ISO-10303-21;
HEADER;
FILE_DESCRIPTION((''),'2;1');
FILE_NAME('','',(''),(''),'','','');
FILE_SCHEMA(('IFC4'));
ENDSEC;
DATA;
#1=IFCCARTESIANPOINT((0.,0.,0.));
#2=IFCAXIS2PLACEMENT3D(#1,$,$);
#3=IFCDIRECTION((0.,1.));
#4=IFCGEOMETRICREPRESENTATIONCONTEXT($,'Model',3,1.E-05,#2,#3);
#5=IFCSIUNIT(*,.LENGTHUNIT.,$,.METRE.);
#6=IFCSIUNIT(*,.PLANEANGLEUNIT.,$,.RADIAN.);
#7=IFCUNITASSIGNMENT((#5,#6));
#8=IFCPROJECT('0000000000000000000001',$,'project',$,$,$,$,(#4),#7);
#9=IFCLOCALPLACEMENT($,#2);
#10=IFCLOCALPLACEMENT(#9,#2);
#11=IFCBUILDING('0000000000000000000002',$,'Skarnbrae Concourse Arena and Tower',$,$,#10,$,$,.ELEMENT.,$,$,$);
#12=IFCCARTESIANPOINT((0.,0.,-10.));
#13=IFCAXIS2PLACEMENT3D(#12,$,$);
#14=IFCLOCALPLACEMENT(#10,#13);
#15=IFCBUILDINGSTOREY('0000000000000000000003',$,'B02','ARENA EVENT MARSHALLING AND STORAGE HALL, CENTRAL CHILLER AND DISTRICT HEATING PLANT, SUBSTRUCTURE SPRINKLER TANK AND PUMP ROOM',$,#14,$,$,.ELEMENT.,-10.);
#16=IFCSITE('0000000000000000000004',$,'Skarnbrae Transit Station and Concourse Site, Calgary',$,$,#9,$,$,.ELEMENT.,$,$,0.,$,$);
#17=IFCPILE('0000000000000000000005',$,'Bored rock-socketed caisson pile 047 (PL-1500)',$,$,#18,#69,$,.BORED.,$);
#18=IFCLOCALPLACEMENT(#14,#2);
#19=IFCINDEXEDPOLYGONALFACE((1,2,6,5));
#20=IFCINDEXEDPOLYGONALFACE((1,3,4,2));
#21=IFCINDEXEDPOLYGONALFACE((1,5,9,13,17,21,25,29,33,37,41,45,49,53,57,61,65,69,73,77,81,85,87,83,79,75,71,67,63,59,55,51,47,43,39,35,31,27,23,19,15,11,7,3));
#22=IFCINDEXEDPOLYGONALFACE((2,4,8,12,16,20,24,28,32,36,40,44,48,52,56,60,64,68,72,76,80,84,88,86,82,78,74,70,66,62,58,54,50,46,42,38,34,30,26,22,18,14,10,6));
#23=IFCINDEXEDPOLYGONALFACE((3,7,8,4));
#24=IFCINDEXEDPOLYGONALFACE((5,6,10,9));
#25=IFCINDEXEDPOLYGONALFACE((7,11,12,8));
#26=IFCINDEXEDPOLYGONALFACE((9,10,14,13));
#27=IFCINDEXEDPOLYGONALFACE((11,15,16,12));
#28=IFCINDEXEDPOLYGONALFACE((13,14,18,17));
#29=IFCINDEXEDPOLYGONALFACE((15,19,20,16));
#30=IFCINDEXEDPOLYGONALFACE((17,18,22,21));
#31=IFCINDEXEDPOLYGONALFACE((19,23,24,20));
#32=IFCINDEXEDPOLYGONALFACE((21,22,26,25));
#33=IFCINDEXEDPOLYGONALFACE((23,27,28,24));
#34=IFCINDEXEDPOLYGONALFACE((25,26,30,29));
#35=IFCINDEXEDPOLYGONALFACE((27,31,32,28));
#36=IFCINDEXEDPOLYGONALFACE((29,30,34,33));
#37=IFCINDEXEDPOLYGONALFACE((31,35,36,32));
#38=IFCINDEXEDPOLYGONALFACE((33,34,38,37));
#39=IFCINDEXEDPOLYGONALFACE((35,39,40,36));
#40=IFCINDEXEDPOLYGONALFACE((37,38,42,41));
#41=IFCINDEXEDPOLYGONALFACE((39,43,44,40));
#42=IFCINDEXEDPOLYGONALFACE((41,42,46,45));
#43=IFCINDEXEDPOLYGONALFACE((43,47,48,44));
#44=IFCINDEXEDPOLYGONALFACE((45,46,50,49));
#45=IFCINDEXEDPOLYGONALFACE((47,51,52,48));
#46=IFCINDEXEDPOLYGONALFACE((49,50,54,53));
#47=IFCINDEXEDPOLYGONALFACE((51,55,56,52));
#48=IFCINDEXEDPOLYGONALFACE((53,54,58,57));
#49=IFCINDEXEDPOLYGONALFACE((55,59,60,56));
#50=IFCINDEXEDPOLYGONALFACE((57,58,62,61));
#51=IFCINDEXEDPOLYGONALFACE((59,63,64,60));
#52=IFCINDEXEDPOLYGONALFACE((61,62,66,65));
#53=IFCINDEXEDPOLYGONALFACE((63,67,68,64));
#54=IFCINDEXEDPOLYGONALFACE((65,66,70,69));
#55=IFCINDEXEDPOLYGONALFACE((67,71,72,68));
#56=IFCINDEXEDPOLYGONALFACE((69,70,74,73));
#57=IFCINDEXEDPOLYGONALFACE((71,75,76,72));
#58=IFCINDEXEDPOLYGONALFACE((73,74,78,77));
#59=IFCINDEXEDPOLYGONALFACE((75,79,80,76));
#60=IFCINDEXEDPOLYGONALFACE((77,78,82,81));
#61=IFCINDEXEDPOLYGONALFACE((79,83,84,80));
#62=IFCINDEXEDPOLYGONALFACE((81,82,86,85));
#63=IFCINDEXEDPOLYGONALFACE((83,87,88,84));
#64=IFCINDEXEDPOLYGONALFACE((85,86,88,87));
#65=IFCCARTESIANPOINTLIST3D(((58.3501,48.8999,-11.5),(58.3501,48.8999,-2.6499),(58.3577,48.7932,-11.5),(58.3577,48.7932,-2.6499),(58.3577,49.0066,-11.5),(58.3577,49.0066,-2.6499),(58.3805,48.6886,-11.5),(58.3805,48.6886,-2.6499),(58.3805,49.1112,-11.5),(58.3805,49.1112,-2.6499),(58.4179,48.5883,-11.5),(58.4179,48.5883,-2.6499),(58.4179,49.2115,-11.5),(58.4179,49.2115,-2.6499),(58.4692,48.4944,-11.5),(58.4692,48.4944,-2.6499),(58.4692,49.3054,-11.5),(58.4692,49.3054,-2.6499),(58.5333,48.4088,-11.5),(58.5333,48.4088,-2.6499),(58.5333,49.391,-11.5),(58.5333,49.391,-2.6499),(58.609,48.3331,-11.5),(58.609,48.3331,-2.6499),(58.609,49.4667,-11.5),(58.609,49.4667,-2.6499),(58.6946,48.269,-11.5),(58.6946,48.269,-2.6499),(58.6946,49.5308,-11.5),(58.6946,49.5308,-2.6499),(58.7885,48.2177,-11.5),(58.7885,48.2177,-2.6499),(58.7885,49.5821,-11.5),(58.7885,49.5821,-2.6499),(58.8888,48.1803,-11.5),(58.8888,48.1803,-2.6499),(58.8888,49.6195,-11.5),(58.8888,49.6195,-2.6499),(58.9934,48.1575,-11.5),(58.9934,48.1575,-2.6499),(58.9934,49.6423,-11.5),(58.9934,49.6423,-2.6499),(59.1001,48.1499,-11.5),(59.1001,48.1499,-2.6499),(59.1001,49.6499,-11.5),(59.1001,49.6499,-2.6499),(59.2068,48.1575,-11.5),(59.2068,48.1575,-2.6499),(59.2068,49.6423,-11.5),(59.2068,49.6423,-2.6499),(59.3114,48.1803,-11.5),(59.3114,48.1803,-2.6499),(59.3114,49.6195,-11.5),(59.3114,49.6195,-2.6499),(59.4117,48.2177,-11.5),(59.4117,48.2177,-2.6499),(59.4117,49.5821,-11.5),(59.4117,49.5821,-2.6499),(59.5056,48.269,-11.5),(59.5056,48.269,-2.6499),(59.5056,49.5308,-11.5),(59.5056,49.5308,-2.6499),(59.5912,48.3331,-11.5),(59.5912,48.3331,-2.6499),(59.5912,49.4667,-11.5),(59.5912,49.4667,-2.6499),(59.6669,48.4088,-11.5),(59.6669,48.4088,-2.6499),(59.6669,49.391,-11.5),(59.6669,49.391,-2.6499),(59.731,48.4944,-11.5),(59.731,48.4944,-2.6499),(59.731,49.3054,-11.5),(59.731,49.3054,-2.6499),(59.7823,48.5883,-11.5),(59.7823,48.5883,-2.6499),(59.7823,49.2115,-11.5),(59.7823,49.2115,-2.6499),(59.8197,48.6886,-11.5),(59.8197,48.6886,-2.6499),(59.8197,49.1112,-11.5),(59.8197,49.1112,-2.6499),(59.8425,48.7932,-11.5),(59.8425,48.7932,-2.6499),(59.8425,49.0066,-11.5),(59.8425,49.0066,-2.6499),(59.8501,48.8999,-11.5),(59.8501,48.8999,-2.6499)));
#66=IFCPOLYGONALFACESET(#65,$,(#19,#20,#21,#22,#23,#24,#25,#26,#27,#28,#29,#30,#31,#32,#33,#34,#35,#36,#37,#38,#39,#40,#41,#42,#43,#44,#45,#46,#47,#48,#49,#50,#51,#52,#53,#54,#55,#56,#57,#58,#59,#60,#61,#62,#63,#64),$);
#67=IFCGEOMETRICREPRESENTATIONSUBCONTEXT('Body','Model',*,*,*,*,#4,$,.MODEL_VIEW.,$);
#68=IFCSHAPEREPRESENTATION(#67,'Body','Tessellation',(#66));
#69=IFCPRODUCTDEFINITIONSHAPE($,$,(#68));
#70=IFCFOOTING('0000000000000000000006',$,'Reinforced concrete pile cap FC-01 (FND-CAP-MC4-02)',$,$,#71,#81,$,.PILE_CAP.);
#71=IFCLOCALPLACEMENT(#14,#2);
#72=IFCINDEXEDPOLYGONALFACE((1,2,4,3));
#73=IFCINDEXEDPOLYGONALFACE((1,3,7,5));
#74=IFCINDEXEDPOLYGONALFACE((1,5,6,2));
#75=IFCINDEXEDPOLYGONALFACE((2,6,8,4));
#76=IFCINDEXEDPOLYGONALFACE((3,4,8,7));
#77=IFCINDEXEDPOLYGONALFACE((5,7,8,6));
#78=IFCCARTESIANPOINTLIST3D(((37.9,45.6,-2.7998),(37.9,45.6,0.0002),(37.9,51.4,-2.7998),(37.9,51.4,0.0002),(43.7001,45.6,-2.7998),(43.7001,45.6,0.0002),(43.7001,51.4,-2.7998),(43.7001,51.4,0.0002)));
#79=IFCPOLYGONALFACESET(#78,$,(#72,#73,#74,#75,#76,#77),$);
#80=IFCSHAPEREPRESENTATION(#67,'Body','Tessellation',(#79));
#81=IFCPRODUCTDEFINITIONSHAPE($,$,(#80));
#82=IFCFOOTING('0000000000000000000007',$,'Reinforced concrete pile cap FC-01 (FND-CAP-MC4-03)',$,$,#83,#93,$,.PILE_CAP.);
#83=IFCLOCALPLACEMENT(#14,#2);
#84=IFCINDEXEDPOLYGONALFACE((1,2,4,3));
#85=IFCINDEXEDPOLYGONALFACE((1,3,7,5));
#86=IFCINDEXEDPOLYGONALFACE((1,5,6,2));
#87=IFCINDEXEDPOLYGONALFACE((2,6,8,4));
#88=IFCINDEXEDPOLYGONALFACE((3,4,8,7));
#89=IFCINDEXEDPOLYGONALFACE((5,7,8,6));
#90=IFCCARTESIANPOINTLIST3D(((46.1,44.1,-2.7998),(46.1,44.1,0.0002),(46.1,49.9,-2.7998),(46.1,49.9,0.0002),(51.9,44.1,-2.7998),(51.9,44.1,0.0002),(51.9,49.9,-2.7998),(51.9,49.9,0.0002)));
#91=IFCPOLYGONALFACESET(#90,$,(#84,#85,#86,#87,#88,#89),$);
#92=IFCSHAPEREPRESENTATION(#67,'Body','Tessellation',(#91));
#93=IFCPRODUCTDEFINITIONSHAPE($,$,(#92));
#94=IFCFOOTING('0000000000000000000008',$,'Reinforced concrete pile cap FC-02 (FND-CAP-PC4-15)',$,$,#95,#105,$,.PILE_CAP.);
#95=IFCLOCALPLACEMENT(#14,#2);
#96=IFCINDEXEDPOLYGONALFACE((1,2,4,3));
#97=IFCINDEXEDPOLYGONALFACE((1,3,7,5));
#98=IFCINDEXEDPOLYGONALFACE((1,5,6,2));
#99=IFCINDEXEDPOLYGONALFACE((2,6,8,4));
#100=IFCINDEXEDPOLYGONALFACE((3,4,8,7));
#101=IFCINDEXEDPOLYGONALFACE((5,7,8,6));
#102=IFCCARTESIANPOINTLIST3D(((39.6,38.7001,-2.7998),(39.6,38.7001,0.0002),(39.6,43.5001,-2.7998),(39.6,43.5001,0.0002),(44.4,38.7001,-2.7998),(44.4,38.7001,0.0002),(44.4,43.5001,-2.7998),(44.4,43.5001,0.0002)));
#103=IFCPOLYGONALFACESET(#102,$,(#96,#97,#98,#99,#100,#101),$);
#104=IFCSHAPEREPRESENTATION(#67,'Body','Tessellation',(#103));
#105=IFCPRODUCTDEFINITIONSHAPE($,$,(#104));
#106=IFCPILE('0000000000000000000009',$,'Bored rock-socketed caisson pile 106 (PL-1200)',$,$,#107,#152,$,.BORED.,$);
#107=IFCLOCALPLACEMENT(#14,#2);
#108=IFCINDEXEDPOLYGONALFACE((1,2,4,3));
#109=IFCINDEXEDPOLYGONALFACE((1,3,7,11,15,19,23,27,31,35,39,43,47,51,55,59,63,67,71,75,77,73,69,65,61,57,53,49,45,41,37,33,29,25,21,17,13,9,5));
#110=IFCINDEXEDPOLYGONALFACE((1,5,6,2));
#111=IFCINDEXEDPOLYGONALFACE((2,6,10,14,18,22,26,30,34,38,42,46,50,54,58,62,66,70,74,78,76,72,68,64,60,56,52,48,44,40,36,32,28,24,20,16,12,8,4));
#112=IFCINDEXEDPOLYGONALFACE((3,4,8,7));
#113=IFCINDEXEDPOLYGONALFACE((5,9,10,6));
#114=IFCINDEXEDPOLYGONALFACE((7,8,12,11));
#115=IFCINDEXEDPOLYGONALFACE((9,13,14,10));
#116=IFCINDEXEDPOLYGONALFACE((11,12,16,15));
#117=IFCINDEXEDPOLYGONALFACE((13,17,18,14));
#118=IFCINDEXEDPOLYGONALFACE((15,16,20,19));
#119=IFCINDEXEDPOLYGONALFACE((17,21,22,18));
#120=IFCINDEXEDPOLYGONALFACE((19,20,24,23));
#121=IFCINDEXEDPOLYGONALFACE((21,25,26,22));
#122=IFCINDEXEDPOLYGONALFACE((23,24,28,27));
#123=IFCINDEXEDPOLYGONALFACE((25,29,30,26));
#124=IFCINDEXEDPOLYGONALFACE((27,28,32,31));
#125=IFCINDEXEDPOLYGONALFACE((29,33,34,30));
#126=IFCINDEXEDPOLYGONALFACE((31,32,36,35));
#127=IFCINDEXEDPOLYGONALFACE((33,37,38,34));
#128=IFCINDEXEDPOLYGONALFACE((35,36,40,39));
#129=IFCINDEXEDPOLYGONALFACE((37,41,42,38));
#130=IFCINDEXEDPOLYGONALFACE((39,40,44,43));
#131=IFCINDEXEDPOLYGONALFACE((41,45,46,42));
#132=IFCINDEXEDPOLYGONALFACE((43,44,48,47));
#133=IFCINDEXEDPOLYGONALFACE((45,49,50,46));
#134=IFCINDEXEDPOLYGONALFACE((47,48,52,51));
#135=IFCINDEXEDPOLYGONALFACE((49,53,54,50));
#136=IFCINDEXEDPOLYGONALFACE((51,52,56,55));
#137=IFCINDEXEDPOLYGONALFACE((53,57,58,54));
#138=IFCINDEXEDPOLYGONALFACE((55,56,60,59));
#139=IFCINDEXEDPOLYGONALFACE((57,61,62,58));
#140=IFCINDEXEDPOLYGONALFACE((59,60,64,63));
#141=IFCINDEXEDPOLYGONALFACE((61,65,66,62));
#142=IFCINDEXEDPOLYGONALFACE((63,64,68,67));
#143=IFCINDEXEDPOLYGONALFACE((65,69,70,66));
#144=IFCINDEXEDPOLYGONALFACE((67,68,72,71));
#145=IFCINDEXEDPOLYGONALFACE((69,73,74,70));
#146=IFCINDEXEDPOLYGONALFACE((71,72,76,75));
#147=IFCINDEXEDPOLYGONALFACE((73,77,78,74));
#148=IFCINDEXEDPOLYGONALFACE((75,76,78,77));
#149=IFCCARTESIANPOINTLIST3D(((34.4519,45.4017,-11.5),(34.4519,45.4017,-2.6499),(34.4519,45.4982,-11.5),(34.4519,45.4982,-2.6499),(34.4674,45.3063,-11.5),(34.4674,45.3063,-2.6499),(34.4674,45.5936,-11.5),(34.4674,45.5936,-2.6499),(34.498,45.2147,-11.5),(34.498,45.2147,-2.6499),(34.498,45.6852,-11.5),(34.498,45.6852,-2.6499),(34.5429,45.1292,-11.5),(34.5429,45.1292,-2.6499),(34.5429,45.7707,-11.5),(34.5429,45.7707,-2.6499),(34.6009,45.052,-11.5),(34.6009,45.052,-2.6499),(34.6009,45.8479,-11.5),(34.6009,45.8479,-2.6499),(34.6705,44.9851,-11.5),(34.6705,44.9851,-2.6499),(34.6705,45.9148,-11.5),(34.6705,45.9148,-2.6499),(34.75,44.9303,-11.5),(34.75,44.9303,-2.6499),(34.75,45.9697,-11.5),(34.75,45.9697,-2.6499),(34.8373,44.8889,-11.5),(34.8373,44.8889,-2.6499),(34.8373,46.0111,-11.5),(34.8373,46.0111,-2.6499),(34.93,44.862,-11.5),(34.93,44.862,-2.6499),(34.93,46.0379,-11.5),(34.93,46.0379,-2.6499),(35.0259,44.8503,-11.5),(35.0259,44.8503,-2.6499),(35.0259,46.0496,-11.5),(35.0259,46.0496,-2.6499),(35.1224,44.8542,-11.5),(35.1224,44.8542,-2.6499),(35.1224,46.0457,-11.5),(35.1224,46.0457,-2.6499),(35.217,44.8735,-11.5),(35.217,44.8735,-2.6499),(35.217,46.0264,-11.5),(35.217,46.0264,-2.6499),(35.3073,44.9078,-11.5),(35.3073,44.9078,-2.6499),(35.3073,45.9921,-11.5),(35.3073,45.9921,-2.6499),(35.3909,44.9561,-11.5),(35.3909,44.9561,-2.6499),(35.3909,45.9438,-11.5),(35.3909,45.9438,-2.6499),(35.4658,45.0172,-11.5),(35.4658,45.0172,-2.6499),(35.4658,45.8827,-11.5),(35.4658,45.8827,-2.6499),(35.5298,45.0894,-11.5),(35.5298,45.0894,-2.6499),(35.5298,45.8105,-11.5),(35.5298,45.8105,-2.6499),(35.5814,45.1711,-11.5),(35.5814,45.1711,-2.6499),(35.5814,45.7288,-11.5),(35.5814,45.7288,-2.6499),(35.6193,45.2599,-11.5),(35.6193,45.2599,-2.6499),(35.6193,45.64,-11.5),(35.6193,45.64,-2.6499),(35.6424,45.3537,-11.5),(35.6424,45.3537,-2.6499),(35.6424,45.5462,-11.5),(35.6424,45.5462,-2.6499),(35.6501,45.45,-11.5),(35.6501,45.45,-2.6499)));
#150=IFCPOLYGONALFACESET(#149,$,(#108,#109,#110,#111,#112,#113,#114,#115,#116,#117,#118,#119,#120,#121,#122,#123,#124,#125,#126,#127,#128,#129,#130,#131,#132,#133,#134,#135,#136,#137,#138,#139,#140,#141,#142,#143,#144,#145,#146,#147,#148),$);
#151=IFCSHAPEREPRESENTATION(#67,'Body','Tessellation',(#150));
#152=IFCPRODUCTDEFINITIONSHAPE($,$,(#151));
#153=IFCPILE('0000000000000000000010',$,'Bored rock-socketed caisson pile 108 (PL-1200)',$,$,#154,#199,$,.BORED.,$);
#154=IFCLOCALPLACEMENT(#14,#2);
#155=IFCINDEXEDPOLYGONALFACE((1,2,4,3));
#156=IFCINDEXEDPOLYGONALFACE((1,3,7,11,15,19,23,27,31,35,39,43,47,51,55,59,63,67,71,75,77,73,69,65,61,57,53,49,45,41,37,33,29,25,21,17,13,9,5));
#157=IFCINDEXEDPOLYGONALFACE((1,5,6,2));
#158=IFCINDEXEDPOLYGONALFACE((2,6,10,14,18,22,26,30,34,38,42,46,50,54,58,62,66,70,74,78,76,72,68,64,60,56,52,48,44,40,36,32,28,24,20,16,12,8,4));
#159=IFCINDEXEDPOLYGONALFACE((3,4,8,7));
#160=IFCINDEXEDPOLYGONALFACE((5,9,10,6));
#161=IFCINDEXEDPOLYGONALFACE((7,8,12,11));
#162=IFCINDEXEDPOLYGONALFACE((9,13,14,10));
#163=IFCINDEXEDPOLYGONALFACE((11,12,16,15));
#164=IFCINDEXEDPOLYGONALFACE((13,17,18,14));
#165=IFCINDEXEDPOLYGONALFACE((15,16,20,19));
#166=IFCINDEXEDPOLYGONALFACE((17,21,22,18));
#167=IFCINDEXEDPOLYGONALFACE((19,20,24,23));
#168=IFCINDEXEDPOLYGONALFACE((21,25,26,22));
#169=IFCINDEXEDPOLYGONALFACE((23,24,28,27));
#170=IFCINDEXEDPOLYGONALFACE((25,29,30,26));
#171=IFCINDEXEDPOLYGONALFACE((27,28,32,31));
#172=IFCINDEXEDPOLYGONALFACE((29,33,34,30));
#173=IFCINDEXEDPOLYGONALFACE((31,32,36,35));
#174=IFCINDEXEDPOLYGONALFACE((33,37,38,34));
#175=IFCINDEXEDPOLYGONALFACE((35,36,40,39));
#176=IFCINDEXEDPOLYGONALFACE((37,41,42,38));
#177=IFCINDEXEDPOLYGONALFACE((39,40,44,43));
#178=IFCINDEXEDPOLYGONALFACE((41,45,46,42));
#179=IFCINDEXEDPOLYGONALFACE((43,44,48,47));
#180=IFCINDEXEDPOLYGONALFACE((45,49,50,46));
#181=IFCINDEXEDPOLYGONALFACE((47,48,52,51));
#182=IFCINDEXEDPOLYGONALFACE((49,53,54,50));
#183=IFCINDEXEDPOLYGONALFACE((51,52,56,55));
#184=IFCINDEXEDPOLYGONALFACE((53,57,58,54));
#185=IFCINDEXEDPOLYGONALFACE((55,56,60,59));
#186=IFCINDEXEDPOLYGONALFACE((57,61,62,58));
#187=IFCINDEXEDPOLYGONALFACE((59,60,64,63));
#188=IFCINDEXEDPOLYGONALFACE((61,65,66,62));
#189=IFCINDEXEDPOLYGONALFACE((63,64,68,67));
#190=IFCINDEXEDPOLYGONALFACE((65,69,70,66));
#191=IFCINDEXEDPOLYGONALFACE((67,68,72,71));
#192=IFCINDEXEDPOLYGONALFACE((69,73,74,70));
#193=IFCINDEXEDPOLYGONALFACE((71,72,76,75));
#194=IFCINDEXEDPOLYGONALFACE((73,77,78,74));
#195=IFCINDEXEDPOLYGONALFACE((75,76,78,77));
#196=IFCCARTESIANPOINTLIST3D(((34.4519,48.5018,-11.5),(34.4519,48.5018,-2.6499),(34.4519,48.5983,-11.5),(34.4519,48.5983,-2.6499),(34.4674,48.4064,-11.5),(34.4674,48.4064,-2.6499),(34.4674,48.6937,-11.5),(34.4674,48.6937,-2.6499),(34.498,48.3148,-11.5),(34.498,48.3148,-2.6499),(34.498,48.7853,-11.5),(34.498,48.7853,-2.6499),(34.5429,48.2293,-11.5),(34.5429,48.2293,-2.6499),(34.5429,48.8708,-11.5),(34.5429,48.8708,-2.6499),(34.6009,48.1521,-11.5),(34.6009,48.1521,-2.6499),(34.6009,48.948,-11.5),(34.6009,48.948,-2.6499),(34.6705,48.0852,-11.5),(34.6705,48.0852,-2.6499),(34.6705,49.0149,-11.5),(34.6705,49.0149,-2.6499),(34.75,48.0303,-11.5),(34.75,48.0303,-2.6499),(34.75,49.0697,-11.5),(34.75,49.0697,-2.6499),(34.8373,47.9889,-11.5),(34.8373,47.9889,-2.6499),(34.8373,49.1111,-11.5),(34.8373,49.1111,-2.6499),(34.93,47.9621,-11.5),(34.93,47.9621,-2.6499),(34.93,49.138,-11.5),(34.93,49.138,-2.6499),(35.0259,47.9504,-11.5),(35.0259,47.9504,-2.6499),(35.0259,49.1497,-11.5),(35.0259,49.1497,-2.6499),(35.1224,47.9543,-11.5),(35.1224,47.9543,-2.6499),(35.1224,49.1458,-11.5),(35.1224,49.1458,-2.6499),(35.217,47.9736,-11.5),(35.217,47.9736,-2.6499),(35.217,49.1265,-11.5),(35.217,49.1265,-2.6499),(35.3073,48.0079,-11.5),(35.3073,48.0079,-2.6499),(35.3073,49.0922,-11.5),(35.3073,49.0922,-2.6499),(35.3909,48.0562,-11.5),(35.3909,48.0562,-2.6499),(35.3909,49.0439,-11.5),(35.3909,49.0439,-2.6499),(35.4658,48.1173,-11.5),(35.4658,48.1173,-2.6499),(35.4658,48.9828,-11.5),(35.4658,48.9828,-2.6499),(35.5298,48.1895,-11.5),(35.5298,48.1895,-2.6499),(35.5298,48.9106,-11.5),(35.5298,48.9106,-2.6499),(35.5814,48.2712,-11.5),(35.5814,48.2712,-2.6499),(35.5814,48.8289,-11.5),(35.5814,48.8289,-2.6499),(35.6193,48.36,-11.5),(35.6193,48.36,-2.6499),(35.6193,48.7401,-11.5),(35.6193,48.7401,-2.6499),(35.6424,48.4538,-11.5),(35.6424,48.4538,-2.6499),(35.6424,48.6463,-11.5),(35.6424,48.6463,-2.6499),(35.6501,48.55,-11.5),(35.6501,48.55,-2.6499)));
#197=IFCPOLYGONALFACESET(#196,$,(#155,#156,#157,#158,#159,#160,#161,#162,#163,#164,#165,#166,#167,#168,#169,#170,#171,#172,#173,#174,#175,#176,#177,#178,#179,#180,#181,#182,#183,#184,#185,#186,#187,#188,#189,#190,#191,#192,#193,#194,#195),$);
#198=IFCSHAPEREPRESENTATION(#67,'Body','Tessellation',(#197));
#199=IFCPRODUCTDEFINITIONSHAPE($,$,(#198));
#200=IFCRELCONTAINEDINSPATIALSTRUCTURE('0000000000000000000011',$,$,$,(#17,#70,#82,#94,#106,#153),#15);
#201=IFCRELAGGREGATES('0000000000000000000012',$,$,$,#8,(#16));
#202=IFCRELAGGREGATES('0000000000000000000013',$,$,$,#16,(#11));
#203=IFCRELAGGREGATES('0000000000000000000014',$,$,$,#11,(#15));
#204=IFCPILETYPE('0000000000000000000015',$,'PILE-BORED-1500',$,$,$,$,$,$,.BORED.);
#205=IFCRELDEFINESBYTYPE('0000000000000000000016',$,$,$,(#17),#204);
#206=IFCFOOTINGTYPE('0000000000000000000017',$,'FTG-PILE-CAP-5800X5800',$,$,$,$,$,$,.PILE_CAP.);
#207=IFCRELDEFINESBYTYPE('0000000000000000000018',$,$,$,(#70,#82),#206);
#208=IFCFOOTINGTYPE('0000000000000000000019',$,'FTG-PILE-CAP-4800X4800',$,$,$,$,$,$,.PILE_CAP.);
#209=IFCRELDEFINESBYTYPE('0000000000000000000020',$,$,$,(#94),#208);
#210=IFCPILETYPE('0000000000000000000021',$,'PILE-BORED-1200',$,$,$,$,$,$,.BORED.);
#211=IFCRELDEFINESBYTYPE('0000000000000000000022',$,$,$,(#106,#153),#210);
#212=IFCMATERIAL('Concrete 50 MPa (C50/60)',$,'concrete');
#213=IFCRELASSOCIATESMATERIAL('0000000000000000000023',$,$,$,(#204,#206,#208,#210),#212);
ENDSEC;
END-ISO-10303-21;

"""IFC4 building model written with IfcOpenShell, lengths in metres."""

from ifc_helpers import new_model, si_unit, direction, frame, origin, origin_2d, place, context, subcontext, project, spatial, rectangle, circle, extrude, source, transform, mapped, material, material_profile, profile_set, type_object, element, save


model = new_model("IFC4")

# Units and contexts
model_context = context("Model", 3, precision=1e-05, world=origin(), true_north=direction((0.0, 1.0)))
body_context = subcontext(model_context, "Body", "Model", "MODEL_VIEW")
ifc_project = project(units=[si_unit("LENGTHUNIT", "METRE"), si_unit("PLANEANGLEUNIT", "RADIAN")], contexts=[model_context])

# Site, building, storey
site_placement = place(None, origin())
site = spatial("IfcSite", under=ifc_project, at=site_placement, Name="Skarnbrae Transit Station and Concourse Site, Calgary", CompositionType="ELEMENT", RefElevation=0.0)
building_placement = place(site_placement, origin())
building = spatial("IfcBuilding", under=site, at=building_placement, Name="Skarnbrae Concourse Arena and Tower", CompositionType="ELEMENT")
storey_placement = place(building_placement, frame((0.0, 0.0, -10.0)))
storey = spatial("IfcBuildingStorey", under=building, at=storey_placement, Name="B02", Description="ARENA EVENT MARSHALLING AND STORAGE HALL, CENTRAL CHILLER AND DISTRICT HEATING PLANT, SUBSTRUCTURE SPRINKLER TANK AND PUMP ROOM", CompositionType="ELEMENT", Elevation=-10.0)

# Pile
ifc_material_1 = material(Name="Concrete 50 MPa (C50/60)", Category="concrete")
ifc_material_profile_1 = material_profile(ifc_material_1, circle(Radius=0.75, at=origin_2d()), Name="CAISSON-1500")
ifc_profile_set_1 = profile_set([ifc_material_profile_1], Name="Concrete 50 MPa (C50/60)")
pile_type_1 = type_object("IfcPileType", Name="PILE-BORED-1500", PredefinedType="BORED", material=ifc_profile_set_1)
shared_shape_1 = source(origin(), body_context, "Body", "SweptSolid", [
    extrude(circle(Radius=0.75, at=origin_2d()), origin(), (0.0, 0.0, 1.0), 8.8501),
])
for number, where, z_axis, x_axis, name in (
    (1, (59.1001, 48.8999, -2.6499), (0.0, 0.0, -1.0), (1.0, 0.0, 0.0), "Bored rock-socketed caisson pile 047 (PL-1500)"),
):
    element("IfcPile", number, at=place(storey_placement, frame(where, z_axis=z_axis, x_axis=x_axis)), inside=storey, type_object=pile_type_1, Name=name, PredefinedType="BORED", context=body_context, shape_type="MappedRepresentation", body=[
        mapped(shared_shape_1, transform((0.0, 0.0, 0.0))),
    ])

# Footings
footing_type_1 = type_object("IfcFootingType", Name="FTG-PILE-CAP-5800X5800", PredefinedType="PILE_CAP", material=ifc_material_1)
shared_shape_2 = source(origin(), body_context, "Body", "SweptSolid", [
    extrude(rectangle(XDim=5.8, YDim=5.8, at=origin_2d()), origin(), (0.0, 0.0, 1.0), 2.8),
])
for number, where, z_axis, x_axis, name in (
    (2, (40.8, 48.5, -2.7998), (0.0, 0.0, 1.0), (1.0, 0.0, 0.0), "Reinforced concrete pile cap FC-01 (FND-CAP-MC4-02)"),
    (3, (49.0, 47.0, -2.7998), (0.0, 0.0, 1.0), (1.0, 0.0, 0.0), "Reinforced concrete pile cap FC-01 (FND-CAP-MC4-03)"),
):
    element("IfcFooting", number, at=place(storey_placement, frame(where, z_axis=z_axis, x_axis=x_axis)), inside=storey, type_object=footing_type_1, Name=name, PredefinedType="PILE_CAP", context=body_context, shape_type="MappedRepresentation", body=[
        mapped(shared_shape_2, transform((0.0, 0.0, 0.0))),
    ])
footing_type_2 = type_object("IfcFootingType", Name="FTG-PILE-CAP-4800X4800", PredefinedType="PILE_CAP", material=ifc_material_1)
shared_shape_3 = source(origin(), body_context, "Body", "SweptSolid", [
    extrude(rectangle(XDim=4.8, YDim=4.8, at=origin_2d()), origin(), (0.0, 0.0, 1.0), 2.8),
])
footing_placement = place(storey_placement, frame((42.0, 41.1001, -2.7998), z_axis=(0.0, 0.0, 1.0), x_axis=(1.0, 0.0, 0.0)))
element("IfcFooting", 4, at=footing_placement, inside=storey, type_object=footing_type_2, Name="Reinforced concrete pile cap FC-02 (FND-CAP-PC4-15)", PredefinedType="PILE_CAP", context=body_context, shape_type="MappedRepresentation", body=[
    mapped(shared_shape_3, transform((0.0, 0.0, 0.0))),
])

# Piles
ifc_material_profile_2 = material_profile(ifc_material_1, circle(Radius=0.6001, at=origin_2d()), Name="CAISSON-1200")
ifc_profile_set_2 = profile_set([ifc_material_profile_2], Name="Concrete 50 MPa (C50/60)")
pile_type_2 = type_object("IfcPileType", Name="PILE-BORED-1200", PredefinedType="BORED", material=ifc_profile_set_2)
shared_shape_4 = source(origin(), body_context, "Body", "SweptSolid", [
    extrude(circle(Radius=0.6001, at=origin_2d()), origin(), (0.0, 0.0, 1.0), 8.8501),
])
for number, where, z_axis, x_axis, name in (
    (5, (35.05, 45.45, -2.6499), (0.0, 0.0, -1.0), (1.0, 0.0, 0.0), "Bored rock-socketed caisson pile 106 (PL-1200)"),
    (6, (35.05, 48.55, -2.6499), (0.0, 0.0, -1.0), (1.0, 0.0, 0.0), "Bored rock-socketed caisson pile 108 (PL-1200)"),
):
    element("IfcPile", number, at=place(storey_placement, frame(where, z_axis=z_axis, x_axis=x_axis)), inside=storey, type_object=pile_type_2, Name=name, PredefinedType="BORED", context=body_context, shape_type="MappedRepresentation", body=[
        mapped(shared_shape_4, transform((0.0, 0.0, 0.0))),
    ])

save(model, "model.ifc")
